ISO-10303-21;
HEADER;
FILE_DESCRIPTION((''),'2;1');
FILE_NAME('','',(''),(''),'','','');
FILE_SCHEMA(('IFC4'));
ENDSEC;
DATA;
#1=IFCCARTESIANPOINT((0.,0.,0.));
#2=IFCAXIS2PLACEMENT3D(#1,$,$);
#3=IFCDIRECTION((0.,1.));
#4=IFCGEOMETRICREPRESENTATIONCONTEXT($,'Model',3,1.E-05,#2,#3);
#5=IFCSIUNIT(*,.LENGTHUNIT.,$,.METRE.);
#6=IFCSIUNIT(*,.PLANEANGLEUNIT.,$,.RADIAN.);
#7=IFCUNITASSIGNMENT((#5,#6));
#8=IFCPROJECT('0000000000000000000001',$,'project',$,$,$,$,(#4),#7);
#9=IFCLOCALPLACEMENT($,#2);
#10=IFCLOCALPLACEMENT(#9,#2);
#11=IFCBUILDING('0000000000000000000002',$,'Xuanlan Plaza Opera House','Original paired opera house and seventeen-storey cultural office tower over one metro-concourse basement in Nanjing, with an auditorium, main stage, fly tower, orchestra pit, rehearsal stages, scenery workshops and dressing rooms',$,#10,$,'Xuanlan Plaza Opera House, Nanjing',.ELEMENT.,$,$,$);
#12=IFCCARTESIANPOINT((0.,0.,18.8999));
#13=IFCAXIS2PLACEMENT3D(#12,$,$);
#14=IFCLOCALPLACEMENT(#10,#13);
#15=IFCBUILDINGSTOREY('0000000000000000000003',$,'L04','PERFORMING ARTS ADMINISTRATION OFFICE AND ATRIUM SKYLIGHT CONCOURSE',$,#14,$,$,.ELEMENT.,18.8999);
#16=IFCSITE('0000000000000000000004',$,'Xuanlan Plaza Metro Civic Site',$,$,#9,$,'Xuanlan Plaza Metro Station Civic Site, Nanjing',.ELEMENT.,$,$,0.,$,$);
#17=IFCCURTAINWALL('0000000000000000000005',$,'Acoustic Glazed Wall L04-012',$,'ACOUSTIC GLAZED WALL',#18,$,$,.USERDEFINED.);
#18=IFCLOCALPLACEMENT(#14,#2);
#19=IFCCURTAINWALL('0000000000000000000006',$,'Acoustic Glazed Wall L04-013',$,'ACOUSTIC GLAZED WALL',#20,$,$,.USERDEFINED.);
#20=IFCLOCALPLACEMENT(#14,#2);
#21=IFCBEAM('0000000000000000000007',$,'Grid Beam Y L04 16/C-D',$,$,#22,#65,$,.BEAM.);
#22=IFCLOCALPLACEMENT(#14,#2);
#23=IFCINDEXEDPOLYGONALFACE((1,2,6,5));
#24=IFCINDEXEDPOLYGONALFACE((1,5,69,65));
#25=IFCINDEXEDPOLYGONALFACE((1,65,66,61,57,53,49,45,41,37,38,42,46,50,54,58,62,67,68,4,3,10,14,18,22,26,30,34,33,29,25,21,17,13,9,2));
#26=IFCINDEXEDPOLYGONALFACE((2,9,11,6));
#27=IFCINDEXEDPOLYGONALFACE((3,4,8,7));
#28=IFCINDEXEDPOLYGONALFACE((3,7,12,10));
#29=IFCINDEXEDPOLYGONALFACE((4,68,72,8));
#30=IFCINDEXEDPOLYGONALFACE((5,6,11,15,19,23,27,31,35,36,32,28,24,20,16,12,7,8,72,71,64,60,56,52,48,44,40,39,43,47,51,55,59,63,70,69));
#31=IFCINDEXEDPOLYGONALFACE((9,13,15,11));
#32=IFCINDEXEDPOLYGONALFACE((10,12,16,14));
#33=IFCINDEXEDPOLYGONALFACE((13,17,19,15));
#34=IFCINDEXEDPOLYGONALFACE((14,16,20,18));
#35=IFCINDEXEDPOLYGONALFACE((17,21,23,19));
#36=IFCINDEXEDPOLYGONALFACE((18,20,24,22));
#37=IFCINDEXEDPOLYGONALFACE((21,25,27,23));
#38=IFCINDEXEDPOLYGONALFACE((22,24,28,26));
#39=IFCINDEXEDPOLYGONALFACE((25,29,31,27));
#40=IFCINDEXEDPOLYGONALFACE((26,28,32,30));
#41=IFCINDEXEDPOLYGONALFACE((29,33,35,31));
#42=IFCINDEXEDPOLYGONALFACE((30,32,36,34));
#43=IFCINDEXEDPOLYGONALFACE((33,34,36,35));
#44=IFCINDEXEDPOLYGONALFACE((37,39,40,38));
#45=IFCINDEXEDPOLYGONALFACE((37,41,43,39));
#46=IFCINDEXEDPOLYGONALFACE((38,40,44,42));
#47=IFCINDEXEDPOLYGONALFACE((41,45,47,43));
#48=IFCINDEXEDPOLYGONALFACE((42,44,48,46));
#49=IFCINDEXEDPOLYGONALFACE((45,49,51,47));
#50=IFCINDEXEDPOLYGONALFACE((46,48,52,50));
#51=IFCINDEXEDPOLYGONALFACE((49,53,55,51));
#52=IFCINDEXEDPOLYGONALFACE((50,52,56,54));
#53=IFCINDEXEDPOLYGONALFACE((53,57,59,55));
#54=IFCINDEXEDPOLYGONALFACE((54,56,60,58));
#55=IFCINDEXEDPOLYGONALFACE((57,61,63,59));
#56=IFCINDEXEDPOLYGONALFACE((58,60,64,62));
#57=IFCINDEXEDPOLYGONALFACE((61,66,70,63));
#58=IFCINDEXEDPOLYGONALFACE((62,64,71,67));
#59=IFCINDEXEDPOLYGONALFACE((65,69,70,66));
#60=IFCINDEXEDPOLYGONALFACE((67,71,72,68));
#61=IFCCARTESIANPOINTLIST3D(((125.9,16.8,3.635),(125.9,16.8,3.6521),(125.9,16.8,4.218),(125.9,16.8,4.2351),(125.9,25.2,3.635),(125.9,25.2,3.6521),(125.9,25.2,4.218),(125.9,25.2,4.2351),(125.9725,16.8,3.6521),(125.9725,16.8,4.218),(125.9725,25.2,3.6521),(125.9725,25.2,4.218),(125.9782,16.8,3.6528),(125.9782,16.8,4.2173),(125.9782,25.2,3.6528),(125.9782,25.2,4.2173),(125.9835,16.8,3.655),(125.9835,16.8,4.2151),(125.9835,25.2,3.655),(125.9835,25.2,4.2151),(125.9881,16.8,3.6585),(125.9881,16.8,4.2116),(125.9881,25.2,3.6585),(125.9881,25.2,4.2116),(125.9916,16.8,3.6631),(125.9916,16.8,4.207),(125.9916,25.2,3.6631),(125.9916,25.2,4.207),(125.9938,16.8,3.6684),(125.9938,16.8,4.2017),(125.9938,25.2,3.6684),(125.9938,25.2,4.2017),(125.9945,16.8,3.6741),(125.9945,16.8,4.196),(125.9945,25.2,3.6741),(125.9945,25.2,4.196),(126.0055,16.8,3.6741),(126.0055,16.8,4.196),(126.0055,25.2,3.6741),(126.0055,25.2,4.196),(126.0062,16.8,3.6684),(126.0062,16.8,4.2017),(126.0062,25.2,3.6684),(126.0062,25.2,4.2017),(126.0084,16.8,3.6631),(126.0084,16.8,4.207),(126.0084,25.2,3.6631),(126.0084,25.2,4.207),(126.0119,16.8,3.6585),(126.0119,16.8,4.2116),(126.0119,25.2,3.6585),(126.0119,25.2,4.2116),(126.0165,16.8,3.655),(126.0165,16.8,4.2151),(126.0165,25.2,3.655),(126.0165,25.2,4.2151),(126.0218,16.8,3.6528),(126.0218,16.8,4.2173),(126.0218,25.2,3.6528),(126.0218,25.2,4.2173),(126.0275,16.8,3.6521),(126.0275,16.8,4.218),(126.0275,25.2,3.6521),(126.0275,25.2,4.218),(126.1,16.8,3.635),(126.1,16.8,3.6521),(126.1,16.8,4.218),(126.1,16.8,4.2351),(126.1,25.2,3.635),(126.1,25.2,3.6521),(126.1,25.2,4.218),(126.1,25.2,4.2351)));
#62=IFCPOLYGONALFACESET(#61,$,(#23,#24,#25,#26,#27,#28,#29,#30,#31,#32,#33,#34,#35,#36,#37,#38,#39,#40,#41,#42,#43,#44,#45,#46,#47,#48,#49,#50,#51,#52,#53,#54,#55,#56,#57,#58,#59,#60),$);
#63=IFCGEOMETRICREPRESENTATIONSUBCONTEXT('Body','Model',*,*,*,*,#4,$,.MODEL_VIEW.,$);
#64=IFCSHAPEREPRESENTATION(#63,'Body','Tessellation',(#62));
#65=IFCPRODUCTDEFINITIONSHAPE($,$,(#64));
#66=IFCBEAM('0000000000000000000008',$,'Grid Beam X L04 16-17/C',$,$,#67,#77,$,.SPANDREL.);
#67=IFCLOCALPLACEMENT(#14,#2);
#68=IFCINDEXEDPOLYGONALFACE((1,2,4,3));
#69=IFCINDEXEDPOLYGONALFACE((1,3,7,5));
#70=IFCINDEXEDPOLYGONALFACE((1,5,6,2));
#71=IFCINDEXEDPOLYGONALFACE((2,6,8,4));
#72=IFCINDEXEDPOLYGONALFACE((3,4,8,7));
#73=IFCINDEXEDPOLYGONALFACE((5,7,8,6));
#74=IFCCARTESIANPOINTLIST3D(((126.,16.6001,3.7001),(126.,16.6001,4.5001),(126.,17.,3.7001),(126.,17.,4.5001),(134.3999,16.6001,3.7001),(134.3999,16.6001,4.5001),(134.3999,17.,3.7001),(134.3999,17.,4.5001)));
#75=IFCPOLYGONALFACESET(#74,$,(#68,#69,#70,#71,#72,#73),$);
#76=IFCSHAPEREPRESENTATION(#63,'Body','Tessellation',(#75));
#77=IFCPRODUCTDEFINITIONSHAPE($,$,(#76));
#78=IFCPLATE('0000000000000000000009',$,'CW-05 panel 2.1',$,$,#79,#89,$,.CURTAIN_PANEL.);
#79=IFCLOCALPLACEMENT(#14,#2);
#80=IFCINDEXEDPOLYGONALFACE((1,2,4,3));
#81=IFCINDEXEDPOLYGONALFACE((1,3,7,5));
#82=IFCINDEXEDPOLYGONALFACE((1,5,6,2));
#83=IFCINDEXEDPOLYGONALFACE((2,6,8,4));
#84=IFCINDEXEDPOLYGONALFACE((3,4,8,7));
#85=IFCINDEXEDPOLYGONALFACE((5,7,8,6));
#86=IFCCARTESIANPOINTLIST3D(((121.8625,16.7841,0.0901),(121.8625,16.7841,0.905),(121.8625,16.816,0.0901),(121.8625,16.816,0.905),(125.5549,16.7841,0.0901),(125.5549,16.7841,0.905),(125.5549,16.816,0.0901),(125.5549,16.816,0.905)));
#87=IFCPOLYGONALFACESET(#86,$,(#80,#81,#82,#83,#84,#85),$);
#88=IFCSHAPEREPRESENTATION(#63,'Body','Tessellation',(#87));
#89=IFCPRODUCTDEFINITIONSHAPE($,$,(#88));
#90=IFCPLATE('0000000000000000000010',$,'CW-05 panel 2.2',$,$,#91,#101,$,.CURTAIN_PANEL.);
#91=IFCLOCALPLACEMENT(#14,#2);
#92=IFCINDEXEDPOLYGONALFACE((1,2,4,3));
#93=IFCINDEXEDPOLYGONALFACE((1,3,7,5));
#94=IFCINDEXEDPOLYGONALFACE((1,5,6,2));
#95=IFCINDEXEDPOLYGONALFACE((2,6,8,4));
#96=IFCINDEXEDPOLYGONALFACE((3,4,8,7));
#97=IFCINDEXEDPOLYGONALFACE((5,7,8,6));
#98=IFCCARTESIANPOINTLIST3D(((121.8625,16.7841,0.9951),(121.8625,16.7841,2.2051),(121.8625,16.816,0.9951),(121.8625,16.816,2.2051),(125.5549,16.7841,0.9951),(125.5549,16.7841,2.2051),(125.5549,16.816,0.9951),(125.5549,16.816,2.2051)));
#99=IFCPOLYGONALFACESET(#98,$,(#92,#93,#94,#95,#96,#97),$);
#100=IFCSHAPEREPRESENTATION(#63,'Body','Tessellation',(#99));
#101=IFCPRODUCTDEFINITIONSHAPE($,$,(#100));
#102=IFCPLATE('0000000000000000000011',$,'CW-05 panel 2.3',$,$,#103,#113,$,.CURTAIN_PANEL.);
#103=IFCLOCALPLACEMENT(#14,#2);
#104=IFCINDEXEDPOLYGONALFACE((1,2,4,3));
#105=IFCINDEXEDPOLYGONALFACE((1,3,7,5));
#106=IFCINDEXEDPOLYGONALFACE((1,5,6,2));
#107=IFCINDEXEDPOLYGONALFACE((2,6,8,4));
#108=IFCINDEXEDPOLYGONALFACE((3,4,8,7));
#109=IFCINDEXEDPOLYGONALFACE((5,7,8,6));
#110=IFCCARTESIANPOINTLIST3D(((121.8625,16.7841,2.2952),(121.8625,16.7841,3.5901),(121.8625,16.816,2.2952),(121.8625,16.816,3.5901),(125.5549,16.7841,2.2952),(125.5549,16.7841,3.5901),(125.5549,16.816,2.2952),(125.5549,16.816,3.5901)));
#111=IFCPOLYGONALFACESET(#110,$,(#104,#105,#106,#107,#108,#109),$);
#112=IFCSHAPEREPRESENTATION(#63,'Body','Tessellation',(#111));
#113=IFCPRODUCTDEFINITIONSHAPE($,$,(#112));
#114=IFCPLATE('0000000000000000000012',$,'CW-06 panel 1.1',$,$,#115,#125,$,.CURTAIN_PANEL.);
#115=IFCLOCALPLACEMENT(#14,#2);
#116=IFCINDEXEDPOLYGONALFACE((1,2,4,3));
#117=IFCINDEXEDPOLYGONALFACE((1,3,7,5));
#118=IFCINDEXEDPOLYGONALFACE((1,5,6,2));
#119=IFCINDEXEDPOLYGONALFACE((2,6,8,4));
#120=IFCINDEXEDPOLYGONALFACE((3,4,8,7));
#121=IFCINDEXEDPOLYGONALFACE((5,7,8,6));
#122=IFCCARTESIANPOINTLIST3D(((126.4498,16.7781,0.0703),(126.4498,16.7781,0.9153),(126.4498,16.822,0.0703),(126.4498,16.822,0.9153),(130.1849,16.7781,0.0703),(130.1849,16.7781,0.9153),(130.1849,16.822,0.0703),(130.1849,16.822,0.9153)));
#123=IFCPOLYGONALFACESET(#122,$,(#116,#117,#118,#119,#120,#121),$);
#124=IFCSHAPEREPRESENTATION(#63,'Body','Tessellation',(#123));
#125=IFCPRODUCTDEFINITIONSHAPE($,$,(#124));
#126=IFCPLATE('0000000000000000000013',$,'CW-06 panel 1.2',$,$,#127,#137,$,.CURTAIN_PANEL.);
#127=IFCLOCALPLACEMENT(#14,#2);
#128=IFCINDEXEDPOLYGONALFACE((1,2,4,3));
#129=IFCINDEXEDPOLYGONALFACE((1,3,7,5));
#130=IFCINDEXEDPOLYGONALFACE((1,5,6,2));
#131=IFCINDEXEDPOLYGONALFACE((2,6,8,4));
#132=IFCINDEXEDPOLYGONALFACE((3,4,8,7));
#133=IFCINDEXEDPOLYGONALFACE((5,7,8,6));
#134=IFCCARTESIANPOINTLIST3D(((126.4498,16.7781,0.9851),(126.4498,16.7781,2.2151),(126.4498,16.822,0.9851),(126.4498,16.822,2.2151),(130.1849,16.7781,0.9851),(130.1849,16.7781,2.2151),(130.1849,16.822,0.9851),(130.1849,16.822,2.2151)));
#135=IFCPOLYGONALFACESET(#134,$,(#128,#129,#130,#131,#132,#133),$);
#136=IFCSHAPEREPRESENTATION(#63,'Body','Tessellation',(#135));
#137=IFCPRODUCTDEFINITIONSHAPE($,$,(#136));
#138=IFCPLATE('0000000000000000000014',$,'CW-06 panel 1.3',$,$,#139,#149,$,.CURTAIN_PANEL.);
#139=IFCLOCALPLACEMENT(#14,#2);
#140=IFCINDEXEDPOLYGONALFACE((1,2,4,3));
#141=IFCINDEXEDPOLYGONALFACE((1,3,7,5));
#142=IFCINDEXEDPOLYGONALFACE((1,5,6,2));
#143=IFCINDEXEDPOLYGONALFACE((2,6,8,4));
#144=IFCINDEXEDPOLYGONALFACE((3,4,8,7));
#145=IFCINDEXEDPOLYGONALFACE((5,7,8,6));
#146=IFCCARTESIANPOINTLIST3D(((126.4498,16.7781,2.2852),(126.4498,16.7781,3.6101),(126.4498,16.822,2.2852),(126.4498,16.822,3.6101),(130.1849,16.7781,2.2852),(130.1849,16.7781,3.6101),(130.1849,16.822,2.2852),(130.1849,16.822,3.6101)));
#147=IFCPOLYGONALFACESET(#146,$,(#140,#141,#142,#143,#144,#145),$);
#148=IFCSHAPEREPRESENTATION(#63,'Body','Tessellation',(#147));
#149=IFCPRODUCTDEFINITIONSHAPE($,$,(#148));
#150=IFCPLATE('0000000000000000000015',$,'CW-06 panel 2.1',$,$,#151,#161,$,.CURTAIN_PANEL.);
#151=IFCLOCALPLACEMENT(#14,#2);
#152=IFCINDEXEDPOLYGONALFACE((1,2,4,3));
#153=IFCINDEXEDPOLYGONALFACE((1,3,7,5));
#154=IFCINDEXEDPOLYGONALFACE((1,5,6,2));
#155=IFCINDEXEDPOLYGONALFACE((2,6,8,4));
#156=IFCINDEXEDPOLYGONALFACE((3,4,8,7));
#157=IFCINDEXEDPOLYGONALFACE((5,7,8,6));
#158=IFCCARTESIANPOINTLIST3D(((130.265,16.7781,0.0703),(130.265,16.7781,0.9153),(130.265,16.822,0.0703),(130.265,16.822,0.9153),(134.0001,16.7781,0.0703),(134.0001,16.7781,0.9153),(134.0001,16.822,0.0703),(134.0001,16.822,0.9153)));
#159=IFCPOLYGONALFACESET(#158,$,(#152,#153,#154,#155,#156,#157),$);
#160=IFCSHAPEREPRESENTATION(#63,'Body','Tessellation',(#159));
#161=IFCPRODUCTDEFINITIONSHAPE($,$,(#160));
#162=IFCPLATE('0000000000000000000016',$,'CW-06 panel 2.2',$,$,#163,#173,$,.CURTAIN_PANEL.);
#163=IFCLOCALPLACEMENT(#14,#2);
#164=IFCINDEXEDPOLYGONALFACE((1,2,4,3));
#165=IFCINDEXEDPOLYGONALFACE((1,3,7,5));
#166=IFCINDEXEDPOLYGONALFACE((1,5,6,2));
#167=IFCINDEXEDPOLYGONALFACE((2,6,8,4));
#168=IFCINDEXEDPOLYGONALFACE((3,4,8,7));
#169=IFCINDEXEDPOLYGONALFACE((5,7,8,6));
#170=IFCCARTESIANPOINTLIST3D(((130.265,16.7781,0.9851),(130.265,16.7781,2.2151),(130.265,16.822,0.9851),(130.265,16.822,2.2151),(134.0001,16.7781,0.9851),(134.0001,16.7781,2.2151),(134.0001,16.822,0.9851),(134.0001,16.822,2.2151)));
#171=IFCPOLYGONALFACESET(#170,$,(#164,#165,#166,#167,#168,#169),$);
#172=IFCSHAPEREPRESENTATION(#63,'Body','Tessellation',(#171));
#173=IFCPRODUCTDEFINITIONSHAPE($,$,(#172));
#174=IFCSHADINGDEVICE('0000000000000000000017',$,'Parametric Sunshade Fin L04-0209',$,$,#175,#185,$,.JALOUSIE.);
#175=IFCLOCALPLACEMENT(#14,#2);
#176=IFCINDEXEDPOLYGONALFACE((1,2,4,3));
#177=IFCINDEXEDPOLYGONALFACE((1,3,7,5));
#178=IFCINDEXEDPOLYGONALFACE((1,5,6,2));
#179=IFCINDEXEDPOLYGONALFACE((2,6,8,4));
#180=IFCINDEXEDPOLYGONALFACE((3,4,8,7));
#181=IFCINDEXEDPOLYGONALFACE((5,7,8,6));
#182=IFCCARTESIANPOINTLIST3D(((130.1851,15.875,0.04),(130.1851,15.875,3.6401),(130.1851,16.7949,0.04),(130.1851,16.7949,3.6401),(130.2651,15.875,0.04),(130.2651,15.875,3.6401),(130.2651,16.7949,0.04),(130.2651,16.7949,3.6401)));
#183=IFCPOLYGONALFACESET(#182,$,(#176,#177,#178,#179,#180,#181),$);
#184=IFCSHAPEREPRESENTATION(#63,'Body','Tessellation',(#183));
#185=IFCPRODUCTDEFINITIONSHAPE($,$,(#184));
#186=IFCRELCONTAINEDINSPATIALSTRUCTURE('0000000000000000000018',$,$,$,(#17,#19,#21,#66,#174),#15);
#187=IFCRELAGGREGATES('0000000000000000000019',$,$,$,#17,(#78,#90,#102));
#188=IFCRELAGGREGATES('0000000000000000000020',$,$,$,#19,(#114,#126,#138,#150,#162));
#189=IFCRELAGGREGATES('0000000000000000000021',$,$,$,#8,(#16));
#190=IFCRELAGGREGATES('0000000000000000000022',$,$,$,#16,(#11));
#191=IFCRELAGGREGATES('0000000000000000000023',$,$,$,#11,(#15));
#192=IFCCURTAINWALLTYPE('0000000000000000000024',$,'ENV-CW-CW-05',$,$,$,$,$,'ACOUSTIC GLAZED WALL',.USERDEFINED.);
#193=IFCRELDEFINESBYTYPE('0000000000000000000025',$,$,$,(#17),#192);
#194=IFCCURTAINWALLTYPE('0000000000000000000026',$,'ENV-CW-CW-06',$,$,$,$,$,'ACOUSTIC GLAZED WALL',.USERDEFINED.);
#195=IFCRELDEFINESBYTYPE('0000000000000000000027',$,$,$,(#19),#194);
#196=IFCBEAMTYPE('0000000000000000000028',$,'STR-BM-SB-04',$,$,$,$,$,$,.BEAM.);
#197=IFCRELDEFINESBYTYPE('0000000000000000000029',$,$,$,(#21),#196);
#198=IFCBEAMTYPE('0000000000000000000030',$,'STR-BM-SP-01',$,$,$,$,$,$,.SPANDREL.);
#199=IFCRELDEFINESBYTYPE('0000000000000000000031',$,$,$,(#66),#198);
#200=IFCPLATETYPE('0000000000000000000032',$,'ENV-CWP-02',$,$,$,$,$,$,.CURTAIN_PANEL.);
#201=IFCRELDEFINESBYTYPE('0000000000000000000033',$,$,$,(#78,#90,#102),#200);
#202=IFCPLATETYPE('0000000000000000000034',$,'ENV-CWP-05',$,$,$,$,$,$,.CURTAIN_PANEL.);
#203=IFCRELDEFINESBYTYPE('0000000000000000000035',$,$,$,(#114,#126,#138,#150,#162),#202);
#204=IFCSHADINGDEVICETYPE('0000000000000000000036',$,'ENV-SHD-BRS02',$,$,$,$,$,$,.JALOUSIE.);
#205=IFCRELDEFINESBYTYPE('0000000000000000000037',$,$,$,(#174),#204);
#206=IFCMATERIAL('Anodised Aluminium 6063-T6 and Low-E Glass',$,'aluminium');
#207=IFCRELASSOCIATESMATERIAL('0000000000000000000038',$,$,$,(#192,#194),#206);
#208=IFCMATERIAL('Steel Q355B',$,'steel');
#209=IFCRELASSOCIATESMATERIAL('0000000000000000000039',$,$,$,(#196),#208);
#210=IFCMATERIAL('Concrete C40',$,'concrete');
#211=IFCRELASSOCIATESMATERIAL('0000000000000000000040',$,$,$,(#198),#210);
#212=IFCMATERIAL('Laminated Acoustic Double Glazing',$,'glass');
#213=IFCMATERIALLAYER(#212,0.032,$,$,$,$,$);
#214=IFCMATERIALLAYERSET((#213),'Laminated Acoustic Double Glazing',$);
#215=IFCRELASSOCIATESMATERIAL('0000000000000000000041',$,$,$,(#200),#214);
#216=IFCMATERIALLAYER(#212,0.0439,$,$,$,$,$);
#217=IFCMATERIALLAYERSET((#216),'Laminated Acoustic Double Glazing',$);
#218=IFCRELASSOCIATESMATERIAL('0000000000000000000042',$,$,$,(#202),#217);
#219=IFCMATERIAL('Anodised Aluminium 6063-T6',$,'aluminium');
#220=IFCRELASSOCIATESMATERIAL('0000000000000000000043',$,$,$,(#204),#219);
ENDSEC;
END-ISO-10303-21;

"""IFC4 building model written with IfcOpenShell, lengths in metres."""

from ifc_helpers import new_model, si_unit, direction, frame, origin, origin_2d, place, context, subcontext, project, spatial, rectangle, i_section, extrude, material, layer, layer_set, material_profile, profile_set, type_object, element, aggregate, save


model = new_model("IFC4")

# Units and contexts
model_context = context("Model", 3, precision=1e-05, world=origin(), true_north=direction((0.0, 1.0)))
body_context = subcontext(model_context, "Body", "Model", "MODEL_VIEW")
ifc_project = project(units=[si_unit("LENGTHUNIT", "METRE"), si_unit("PLANEANGLEUNIT", "RADIAN")], contexts=[model_context])

# Site, building, storey
site_placement = place(None, origin())
site = spatial("IfcSite", under=ifc_project, at=site_placement, Name="Xuanlan Plaza Metro Civic Site", LongName="Xuanlan Plaza Metro Station Civic Site, Nanjing", CompositionType="ELEMENT", RefElevation=0.0)
building_placement = place(site_placement, origin())
building = spatial("IfcBuilding", under=site, at=building_placement, Name="Xuanlan Plaza Opera House", Description="Original paired opera house and seventeen-storey cultural office tower over one metro-concourse basement in Nanjing, with an auditorium, main stage, fly tower, orchestra pit, rehearsal stages, scenery workshops and dressing rooms", LongName="Xuanlan Plaza Opera House, Nanjing", CompositionType="ELEMENT")
storey_placement = place(building_placement, frame((0.0, 0.0, 18.8999)))
storey = spatial("IfcBuildingStorey", under=building, at=storey_placement, Name="L04", Description="PERFORMING ARTS ADMINISTRATION OFFICE AND ATRIUM SKYLIGHT CONCOURSE", CompositionType="ELEMENT", Elevation=18.8999)

# Shared definitions
ifc_material_1 = material(Name="Concrete C40", Category="concrete")

# Curtain wall
ifc_material_2 = material(Name="Anodised Aluminium 6063-T6 and Low-E Glass", Category="aluminium")
curtain_wall_type_1 = type_object("IfcCurtainWallType", Name="ENV-CW-CW-05", ElementType="ACOUSTIC GLAZED WALL", PredefinedType="USERDEFINED", material=ifc_material_2)
curtain_wall_1_placement = place(storey_placement, origin())
curtain_wall_1 = element("IfcCurtainWall", 1, at=curtain_wall_1_placement, inside=storey, type_object=curtain_wall_type_1, Name="Acoustic Glazed Wall L04-012", ObjectType="ACOUSTIC GLAZED WALL", PredefinedType="USERDEFINED")
ifc_material_3 = material(Name="Anodised Aluminium 6063-T6", Category="aluminium")

# Curtain wall
curtain_wall_type_2 = type_object("IfcCurtainWallType", Name="ENV-CW-CW-06", ElementType="ACOUSTIC GLAZED WALL", PredefinedType="USERDEFINED", material=ifc_material_2)
curtain_wall_2_placement = place(storey_placement, origin())
curtain_wall_2 = element("IfcCurtainWall", 2, at=curtain_wall_2_placement, inside=storey, type_object=curtain_wall_type_2, Name="Acoustic Glazed Wall L04-013", ObjectType="ACOUSTIC GLAZED WALL", PredefinedType="USERDEFINED")

# Beams
ifc_material_4 = material(Name="Steel Q355B", Category="steel")
ifc_material_profile_1 = material_profile(ifc_material_4, i_section(OverallWidth=0.2, OverallDepth=0.6001, WebThickness=0.011, FlangeThickness=0.0171, FilletRadius=0.022, at=origin_2d()), Name="HN 600x200x11x17")
ifc_profile_set_1 = profile_set([ifc_material_profile_1], Name="Steel Q355B")
beam_type_1 = type_object("IfcBeamType", Name="STR-BM-SB-04", PredefinedType="BEAM", material=ifc_profile_set_1)
beam_1_placement = place(storey_placement, frame((126.0, 16.8, 3.9351), z_axis=(0.0, 1.0, 0.0), x_axis=(-1.0, 0.0, 0.0)))
element("IfcBeam", 3, at=beam_1_placement, inside=storey, type_object=beam_type_1, Name="Grid Beam Y L04 16/C-D", PredefinedType="BEAM", context=body_context, shape_type="SweptSolid", body=[
    extrude(i_section(OverallWidth=0.2, OverallDepth=0.6001, WebThickness=0.011, FlangeThickness=0.0171, FilletRadius=0.022, at=origin_2d()), origin(), (0.0, 0.0, 1.0), 8.3999),
])
ifc_material_profile_2 = material_profile(ifc_material_1, rectangle(XDim=0.3999, YDim=0.8, at=origin_2d()), Name="RC-SPD 400x800")
ifc_profile_set_2 = profile_set([ifc_material_profile_2], Name="Concrete C40")
beam_type_2 = type_object("IfcBeamType", Name="STR-BM-SP-01", PredefinedType="SPANDREL", material=ifc_profile_set_2)
beam_2_placement = place(storey_placement, frame((126.0, 16.8, 4.1001), z_axis=(1.0, 0.0, 0.0), x_axis=(0.0, 1.0, 0.0)))
element("IfcBeam", 4, at=beam_2_placement, inside=storey, type_object=beam_type_2, Name="Grid Beam X L04 16-17/C", PredefinedType="SPANDREL", context=body_context, shape_type="SweptSolid", body=[
    extrude(rectangle(XDim=0.3999, YDim=0.8, at=origin_2d()), origin(), (0.0, 0.0, 1.0), 8.3999),
])

# Plates
ifc_material_5 = material(Name="Laminated Acoustic Double Glazing", Category="glass")
ifc_layer_1 = layer(ifc_material_5, 0.032)
ifc_layer_set_1 = layer_set([ifc_layer_1], Name="Laminated Acoustic Double Glazing")
plate_type_1 = type_object("IfcPlateType", Name="ENV-CWP-02", PredefinedType="CURTAIN_PANEL", material=ifc_layer_set_1)
plate_1_placement = place(storey_placement, frame((123.7087, 16.8, 0.0901), z_axis=(0.0, 0.0, 1.0), x_axis=(1.0, 0.0, 0.0)))
plate_1 = element("IfcPlate", 5, at=plate_1_placement, type_object=plate_type_1, Name="CW-05 panel 2.1", PredefinedType="CURTAIN_PANEL", context=body_context, shape_type="SweptSolid", body=[
    extrude(rectangle(XDim=3.6924, YDim=0.032, at=origin_2d()), origin(), (0.0, 0.0, 1.0), 0.8149),
])
plate_2_placement = place(storey_placement, frame((123.7087, 16.8, 0.9951), z_axis=(0.0, 0.0, 1.0), x_axis=(1.0, 0.0, 0.0)))
plate_2 = element("IfcPlate", 6, at=plate_2_placement, type_object=plate_type_1, Name="CW-05 panel 2.2", PredefinedType="CURTAIN_PANEL", context=body_context, shape_type="SweptSolid", body=[
    extrude(rectangle(XDim=3.6924, YDim=0.032, at=origin_2d()), origin(), (0.0, 0.0, 1.0), 1.21),
])
plate_3_placement = place(storey_placement, frame((123.7087, 16.8, 2.2952), z_axis=(0.0, 0.0, 1.0), x_axis=(1.0, 0.0, 0.0)))
plate_3 = element("IfcPlate", 7, at=plate_3_placement, type_object=plate_type_1, Name="CW-05 panel 2.3", PredefinedType="CURTAIN_PANEL", context=body_context, shape_type="SweptSolid", body=[
    extrude(rectangle(XDim=3.6924, YDim=0.032, at=origin_2d()), origin(), (0.0, 0.0, 1.0), 1.2949),
])
aggregate(curtain_wall_1, [plate_1, plate_2, plate_3])
ifc_layer_2 = layer(ifc_material_5, 0.0439)
ifc_layer_set_2 = layer_set([ifc_layer_2], Name="Laminated Acoustic Double Glazing")
plate_type_2 = type_object("IfcPlateType", Name="ENV-CWP-05", PredefinedType="CURTAIN_PANEL", material=ifc_layer_set_2)
plate_4_placement = place(storey_placement, frame((128.3174, 16.8, 0.0703), z_axis=(0.0, 0.0, 1.0), x_axis=(1.0, 0.0, 0.0)))
plate_4 = element("IfcPlate", 8, at=plate_4_placement, type_object=plate_type_2, Name="CW-06 panel 1.1", PredefinedType="CURTAIN_PANEL", context=body_context, shape_type="SweptSolid", body=[
    extrude(rectangle(XDim=3.7351, YDim=0.0439, at=origin_2d()), origin(), (0.0, 0.0, 1.0), 0.845),
])
plate_5_placement = place(storey_placement, frame((128.3174, 16.8, 0.9851), z_axis=(0.0, 0.0, 1.0), x_axis=(1.0, 0.0, 0.0)))
plate_5 = element("IfcPlate", 9, at=plate_5_placement, type_object=plate_type_2, Name="CW-06 panel 1.2", PredefinedType="CURTAIN_PANEL", context=body_context, shape_type="SweptSolid", body=[
    extrude(rectangle(XDim=3.7351, YDim=0.0439, at=origin_2d()), origin(), (0.0, 0.0, 1.0), 1.23),
])
plate_6_placement = place(storey_placement, frame((128.3174, 16.8, 2.2852), z_axis=(0.0, 0.0, 1.0), x_axis=(1.0, 0.0, 0.0)))
plate_6 = element("IfcPlate", 10, at=plate_6_placement, type_object=plate_type_2, Name="CW-06 panel 1.3", PredefinedType="CURTAIN_PANEL", context=body_context, shape_type="SweptSolid", body=[
    extrude(rectangle(XDim=3.7351, YDim=0.0439, at=origin_2d()), origin(), (0.0, 0.0, 1.0), 1.325),
])
plate_7_placement = place(storey_placement, frame((132.1326, 16.8, 0.0703), z_axis=(0.0, 0.0, 1.0), x_axis=(1.0, 0.0, 0.0)))
plate_7 = element("IfcPlate", 11, at=plate_7_placement, type_object=plate_type_2, Name="CW-06 panel 2.1", PredefinedType="CURTAIN_PANEL", context=body_context, shape_type="SweptSolid", body=[
    extrude(rectangle(XDim=3.7351, YDim=0.0439, at=origin_2d()), origin(), (0.0, 0.0, 1.0), 0.845),
])
plate_8_placement = place(storey_placement, frame((132.1326, 16.8, 0.9851), z_axis=(0.0, 0.0, 1.0), x_axis=(1.0, 0.0, 0.0)))
plate_8 = element("IfcPlate", 12, at=plate_8_placement, type_object=plate_type_2, Name="CW-06 panel 2.2", PredefinedType="CURTAIN_PANEL", context=body_context, shape_type="SweptSolid", body=[
    extrude(rectangle(XDim=3.7351, YDim=0.0439, at=origin_2d()), origin(), (0.0, 0.0, 1.0), 1.23),
])
aggregate(curtain_wall_2, [plate_4, plate_5, plate_6, plate_7, plate_8])

# Shading device
shading_device_type = type_object("IfcShadingDeviceType", Name="ENV-SHD-BRS02", PredefinedType="JALOUSIE", material=ifc_material_3)
shading_device_placement = place(storey_placement, frame((130.2251, 16.335, 0.04), z_axis=(0.0, 0.0, 1.0), x_axis=(0.0, -1.0, 0.0)))
element("IfcShadingDevice", 13, at=shading_device_placement, inside=storey, type_object=shading_device_type, Name="Parametric Sunshade Fin L04-0209", PredefinedType="JALOUSIE", context=body_context, shape_type="SweptSolid", body=[
    extrude(rectangle(XDim=0.9199, YDim=0.0801, at=origin_2d()), origin(), (0.0, 0.0, 1.0), 3.6001),
])

save(model, "model.ifc")
